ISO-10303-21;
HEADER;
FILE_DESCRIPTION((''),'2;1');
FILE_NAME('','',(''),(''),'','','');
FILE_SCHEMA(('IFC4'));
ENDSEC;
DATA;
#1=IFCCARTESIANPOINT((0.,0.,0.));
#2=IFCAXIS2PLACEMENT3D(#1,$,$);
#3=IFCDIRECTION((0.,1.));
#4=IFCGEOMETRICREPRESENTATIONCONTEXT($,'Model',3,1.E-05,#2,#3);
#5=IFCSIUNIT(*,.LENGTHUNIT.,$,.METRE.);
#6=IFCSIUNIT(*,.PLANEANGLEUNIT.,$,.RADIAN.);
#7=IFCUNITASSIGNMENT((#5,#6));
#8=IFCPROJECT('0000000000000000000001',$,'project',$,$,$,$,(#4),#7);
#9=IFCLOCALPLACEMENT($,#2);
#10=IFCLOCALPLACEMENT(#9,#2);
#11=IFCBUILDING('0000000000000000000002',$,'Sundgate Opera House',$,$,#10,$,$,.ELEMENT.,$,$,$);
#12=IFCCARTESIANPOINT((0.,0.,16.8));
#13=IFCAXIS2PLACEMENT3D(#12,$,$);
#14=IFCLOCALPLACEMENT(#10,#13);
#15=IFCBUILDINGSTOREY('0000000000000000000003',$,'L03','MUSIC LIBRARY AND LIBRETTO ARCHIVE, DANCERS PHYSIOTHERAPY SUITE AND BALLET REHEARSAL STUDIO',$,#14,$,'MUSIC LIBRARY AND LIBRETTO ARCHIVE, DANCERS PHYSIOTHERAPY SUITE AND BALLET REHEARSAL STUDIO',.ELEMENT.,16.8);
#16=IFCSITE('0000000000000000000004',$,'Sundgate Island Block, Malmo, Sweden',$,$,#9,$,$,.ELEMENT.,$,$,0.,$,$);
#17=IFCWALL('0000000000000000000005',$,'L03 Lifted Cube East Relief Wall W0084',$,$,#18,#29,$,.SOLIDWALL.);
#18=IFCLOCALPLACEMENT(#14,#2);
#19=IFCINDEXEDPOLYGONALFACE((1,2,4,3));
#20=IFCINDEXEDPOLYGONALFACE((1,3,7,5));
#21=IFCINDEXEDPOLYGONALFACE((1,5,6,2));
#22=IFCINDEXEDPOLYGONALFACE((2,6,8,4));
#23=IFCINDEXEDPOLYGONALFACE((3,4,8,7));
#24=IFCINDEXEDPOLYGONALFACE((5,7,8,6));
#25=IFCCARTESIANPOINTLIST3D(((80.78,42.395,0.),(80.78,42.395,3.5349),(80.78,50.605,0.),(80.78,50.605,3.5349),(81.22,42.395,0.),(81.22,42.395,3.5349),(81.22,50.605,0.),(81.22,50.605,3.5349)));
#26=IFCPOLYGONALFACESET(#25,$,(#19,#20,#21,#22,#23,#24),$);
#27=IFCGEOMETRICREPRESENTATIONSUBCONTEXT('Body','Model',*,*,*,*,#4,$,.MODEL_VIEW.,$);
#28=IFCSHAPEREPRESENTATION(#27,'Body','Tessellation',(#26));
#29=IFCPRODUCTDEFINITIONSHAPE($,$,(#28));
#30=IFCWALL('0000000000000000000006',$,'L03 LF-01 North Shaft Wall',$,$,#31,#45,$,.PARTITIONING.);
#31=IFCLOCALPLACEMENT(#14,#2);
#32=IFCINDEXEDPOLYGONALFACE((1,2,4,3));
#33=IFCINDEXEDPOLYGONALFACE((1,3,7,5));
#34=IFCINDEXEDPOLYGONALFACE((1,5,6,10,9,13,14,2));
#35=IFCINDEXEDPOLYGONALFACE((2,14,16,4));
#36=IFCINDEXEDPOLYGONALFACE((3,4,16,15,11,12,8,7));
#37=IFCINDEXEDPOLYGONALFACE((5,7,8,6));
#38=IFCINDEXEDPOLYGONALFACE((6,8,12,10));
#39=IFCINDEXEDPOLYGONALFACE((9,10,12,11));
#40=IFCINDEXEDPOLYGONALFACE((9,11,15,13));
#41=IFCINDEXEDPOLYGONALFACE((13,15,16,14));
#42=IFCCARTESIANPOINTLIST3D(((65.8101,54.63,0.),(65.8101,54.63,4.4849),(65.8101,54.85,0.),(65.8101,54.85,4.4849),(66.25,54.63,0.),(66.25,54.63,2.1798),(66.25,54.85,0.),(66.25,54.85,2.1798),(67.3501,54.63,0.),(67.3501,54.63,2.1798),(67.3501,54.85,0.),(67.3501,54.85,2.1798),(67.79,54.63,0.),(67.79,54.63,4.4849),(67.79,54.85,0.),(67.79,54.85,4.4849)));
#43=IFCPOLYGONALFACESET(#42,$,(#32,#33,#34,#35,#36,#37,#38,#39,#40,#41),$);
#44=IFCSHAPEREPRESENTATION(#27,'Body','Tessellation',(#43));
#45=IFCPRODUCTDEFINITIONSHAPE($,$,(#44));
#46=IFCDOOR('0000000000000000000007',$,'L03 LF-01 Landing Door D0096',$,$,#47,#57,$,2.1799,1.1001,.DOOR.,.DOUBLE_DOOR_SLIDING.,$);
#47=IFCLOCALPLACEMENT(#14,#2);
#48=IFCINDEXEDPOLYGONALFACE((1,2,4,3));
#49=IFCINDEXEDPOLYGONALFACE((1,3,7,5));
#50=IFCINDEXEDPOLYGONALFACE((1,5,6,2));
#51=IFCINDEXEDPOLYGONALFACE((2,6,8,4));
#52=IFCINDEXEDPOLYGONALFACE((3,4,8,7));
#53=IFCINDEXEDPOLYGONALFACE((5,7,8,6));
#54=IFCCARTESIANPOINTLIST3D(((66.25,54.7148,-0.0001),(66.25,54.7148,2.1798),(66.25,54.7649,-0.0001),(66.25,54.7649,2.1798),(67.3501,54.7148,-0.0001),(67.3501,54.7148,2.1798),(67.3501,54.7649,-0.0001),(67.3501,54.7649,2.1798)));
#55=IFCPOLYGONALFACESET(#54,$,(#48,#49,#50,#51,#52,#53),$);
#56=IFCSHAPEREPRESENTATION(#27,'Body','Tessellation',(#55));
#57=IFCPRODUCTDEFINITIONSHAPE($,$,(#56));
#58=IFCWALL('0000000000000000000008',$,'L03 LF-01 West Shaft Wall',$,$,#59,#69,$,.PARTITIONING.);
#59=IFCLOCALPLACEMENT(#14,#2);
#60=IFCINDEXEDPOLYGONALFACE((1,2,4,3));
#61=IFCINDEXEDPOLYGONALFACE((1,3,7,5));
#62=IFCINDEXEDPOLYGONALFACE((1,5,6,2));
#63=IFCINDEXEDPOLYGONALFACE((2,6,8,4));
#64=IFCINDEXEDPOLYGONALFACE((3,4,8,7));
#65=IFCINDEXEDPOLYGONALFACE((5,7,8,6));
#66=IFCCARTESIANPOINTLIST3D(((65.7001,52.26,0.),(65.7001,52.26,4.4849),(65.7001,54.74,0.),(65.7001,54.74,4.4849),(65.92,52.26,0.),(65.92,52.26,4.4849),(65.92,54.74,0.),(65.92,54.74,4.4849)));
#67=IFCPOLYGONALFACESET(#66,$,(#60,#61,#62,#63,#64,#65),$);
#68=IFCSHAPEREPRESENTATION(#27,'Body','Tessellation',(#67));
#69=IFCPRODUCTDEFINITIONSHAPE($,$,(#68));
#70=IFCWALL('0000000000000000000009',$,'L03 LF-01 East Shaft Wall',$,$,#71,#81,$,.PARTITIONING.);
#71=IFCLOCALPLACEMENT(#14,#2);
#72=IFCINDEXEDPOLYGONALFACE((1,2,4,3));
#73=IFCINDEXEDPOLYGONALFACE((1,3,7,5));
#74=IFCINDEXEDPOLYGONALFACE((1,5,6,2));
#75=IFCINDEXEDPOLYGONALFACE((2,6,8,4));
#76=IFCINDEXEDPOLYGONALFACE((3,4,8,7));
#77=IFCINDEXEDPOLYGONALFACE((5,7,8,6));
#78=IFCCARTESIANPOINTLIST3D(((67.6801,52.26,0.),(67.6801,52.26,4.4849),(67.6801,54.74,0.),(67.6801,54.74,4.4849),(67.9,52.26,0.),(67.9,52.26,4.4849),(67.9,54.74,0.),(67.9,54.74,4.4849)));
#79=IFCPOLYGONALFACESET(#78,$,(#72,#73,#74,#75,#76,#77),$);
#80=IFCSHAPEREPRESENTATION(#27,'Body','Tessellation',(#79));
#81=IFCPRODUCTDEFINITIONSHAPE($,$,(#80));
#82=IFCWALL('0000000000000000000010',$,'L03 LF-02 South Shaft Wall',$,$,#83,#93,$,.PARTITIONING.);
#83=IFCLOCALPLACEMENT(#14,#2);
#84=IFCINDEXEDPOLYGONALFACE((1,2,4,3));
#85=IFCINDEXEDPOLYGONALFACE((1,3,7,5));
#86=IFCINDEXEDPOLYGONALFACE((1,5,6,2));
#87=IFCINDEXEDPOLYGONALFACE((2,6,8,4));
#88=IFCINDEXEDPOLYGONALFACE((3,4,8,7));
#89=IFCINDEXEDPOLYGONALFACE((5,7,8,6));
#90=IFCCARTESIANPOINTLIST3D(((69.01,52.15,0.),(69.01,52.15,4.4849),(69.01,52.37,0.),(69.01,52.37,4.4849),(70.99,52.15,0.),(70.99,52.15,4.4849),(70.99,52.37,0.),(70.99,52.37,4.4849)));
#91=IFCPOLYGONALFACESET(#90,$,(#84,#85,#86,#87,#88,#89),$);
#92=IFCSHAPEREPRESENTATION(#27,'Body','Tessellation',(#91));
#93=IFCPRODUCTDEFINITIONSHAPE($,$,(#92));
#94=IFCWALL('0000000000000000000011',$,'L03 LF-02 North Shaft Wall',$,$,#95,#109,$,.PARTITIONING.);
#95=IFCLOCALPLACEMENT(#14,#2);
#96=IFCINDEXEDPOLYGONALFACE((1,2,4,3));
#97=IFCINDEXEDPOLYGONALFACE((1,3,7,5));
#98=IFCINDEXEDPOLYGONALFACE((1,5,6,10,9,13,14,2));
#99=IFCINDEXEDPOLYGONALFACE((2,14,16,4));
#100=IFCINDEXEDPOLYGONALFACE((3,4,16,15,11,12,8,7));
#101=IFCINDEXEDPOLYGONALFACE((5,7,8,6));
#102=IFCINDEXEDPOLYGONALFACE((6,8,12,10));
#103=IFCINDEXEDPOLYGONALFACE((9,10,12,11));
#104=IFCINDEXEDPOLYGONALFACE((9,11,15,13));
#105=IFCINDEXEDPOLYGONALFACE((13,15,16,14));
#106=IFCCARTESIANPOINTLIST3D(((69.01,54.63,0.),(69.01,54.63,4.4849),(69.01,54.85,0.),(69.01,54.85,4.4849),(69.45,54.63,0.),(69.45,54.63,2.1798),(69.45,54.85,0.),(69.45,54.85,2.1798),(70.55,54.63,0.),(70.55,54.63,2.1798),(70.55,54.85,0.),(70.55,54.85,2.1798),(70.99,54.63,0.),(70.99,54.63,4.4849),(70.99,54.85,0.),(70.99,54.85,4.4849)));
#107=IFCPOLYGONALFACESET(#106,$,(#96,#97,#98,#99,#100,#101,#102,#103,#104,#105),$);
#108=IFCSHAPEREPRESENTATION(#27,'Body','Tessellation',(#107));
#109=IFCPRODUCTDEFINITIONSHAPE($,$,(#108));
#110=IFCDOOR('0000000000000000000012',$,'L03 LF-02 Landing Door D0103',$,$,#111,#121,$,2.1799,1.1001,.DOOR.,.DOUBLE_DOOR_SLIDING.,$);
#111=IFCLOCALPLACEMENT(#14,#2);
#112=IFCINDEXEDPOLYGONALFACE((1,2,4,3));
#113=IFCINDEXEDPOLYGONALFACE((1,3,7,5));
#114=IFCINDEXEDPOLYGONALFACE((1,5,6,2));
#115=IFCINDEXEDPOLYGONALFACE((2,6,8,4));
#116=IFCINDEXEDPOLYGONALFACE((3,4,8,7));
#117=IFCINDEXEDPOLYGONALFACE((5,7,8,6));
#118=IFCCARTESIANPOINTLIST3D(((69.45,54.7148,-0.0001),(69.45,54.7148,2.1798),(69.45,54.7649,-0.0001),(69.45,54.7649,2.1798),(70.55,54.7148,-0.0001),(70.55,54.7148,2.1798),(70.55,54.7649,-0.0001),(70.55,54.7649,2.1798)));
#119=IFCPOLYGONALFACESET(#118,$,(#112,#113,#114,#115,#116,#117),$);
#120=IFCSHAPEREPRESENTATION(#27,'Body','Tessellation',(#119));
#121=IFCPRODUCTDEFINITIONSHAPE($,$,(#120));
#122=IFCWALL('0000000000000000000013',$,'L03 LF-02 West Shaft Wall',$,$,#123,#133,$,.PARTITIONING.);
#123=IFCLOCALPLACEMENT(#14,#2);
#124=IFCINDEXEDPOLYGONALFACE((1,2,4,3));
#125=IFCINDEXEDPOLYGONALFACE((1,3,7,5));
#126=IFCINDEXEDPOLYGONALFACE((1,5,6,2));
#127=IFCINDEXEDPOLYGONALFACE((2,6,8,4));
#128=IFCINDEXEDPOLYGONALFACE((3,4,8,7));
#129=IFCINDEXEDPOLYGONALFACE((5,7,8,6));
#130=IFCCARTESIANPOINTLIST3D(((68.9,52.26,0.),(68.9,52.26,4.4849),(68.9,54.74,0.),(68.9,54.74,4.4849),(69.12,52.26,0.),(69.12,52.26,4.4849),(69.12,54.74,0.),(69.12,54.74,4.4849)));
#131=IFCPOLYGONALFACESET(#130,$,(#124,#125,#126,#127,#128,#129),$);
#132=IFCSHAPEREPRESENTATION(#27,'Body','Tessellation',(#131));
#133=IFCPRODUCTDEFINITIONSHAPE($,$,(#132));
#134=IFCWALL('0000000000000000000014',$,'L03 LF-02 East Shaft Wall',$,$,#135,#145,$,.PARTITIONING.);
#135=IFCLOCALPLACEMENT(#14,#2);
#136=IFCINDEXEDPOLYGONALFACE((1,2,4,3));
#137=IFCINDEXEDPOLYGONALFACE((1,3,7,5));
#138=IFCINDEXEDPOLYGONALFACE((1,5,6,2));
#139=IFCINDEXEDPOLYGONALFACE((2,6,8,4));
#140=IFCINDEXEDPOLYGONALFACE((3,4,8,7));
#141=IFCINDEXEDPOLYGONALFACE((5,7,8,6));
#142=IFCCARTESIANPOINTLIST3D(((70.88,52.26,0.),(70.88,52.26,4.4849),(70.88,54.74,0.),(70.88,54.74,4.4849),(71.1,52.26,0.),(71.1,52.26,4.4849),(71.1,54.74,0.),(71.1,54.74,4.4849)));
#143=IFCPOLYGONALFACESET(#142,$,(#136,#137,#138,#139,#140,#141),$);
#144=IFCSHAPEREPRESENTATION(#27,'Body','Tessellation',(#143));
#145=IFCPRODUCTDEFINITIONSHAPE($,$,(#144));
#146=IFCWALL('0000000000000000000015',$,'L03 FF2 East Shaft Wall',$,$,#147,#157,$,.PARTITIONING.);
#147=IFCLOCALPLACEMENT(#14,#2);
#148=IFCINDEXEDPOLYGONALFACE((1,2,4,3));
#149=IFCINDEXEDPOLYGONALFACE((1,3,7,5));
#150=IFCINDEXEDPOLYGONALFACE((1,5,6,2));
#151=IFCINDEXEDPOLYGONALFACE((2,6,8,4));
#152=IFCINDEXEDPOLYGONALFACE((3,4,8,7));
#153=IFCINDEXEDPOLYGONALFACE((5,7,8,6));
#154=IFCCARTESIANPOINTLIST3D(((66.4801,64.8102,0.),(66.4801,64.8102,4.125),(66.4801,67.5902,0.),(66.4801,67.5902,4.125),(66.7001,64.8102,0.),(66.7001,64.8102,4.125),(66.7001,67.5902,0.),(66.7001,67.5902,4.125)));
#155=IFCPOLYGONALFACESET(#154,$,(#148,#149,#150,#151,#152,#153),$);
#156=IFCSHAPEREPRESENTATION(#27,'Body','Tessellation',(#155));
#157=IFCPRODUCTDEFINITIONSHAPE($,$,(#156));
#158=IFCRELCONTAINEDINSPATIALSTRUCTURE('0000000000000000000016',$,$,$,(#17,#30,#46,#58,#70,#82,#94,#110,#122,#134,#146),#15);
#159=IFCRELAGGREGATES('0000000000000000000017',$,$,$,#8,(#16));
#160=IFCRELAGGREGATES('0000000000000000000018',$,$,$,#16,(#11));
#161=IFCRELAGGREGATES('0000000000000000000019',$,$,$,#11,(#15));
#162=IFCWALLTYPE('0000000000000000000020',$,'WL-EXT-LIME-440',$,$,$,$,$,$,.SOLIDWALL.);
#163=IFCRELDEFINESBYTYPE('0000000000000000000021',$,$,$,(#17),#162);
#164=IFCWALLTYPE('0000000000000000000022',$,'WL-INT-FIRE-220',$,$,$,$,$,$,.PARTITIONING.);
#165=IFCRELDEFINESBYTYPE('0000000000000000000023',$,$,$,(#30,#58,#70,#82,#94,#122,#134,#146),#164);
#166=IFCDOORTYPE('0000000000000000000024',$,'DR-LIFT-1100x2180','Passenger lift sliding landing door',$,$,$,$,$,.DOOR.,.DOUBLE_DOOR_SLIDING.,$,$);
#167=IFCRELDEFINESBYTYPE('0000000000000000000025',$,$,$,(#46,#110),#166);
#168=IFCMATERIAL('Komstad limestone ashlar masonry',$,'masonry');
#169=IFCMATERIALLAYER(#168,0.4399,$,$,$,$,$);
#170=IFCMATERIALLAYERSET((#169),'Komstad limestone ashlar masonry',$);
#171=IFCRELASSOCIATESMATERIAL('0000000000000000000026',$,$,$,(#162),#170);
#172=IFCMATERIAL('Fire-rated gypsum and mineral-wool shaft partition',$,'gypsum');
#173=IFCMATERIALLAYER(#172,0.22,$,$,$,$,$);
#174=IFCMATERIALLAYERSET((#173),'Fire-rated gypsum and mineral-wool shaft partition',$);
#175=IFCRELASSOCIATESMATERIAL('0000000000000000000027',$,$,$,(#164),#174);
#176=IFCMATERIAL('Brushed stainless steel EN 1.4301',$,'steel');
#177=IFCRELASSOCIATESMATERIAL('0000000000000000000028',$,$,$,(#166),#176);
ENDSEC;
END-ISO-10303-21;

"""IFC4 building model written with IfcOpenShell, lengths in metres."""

from ifc_helpers import new_model, si_unit, direction, frame, frame_2d, origin, place, context, subcontext, project, spatial, rectangle, extrude, material, layer, layer_set, type_object, element, fill, save


model = new_model("IFC4")

# Units and contexts
model_context = context("Model", 3, precision=1e-05, world=origin(), true_north=direction((0.0, 1.0)))
body_context = subcontext(model_context, "Body", "Model", "MODEL_VIEW")
ifc_project = project(units=[si_unit("LENGTHUNIT", "METRE"), si_unit("PLANEANGLEUNIT", "RADIAN")], contexts=[model_context])

# Site, building, storey
site_placement = place(None, origin())
site = spatial("IfcSite", under=ifc_project, at=site_placement, Name="Sundgate Island Block, Malmo, Sweden", CompositionType="ELEMENT", RefElevation=0.0)
building_placement = place(site_placement, origin())
building = spatial("IfcBuilding", under=site, at=building_placement, Name="Sundgate Opera House", CompositionType="ELEMENT")
storey_placement = place(building_placement, frame((0.0, 0.0, 16.8)))
storey = spatial("IfcBuildingStorey", under=building, at=storey_placement, Name="L03", Description="MUSIC LIBRARY AND LIBRETTO ARCHIVE, DANCERS PHYSIOTHERAPY SUITE AND BALLET REHEARSAL STUDIO", LongName="MUSIC LIBRARY AND LIBRETTO ARCHIVE, DANCERS PHYSIOTHERAPY SUITE AND BALLET REHEARSAL STUDIO", CompositionType="ELEMENT", Elevation=16.8)

# Wall
ifc_material_1 = material(Name="Komstad limestone ashlar masonry", Category="masonry")
ifc_layer_1 = layer(ifc_material_1, 0.4399)
ifc_layer_set_1 = layer_set([ifc_layer_1], Name="Komstad limestone ashlar masonry")
wall_type_1 = type_object("IfcWallType", Name="WL-EXT-LIME-440", PredefinedType="SOLIDWALL", material=ifc_layer_set_1)
wall_1_placement = place(storey_placement, frame((81.0, 42.395, 0.0), z_axis=(0.0, 0.0, 1.0), x_axis=(0.0, 1.0, 0.0)))
element("IfcWall", 1, at=wall_1_placement, inside=storey, type_object=wall_type_1, Name="L03 Lifted Cube East Relief Wall W0084", PredefinedType="SOLIDWALL", context=body_context, shape_type="SweptSolid", body=[
    extrude(rectangle(XDim=8.21, YDim=0.4399, at=frame_2d((4.105, 0.0))), origin(), (0.0, 0.0, 1.0), 3.5349),
])

# Wall, opening, door
ifc_material_2 = material(Name="Fire-rated gypsum and mineral-wool shaft partition", Category="gypsum")
ifc_layer_2 = layer(ifc_material_2, 0.22)
ifc_layer_set_2 = layer_set([ifc_layer_2], Name="Fire-rated gypsum and mineral-wool shaft partition")
wall_type_2 = type_object("IfcWallType", Name="WL-INT-FIRE-220", PredefinedType="PARTITIONING", material=ifc_layer_set_2)
wall_2_placement = place(storey_placement, frame((65.8101, 54.74, 0.0), z_axis=(0.0, 0.0, 1.0), x_axis=(1.0, 0.0, 0.0)))
wall_2 = element("IfcWall", 2, at=wall_2_placement, inside=storey, type_object=wall_type_2, Name="L03 LF-01 North Shaft Wall", PredefinedType="PARTITIONING", context=body_context, shape_type="SweptSolid", body=[
    extrude(rectangle(XDim=1.98, YDim=0.22, at=frame_2d((0.99, 0.0))), origin(), (0.0, 0.0, 1.0), 4.4849),
])
opening_1_placement = place(wall_2_placement, frame((0.4399, 0.0, 0.0)))
opening_1 = element("IfcOpeningElement", 3, at=opening_1_placement, cuts=wall_2, PredefinedType="OPENING", context=body_context, shape_type="SweptSolid", body=[
    extrude(rectangle(XDim=1.1001, YDim=2.1799, at=frame_2d((0.55, 1.0898))), frame((0.0, 0.1199, 0.0), z_axis=(0.0, -1.0, 0.0), x_axis=(1.0, 0.0, 0.0)), (0.0, 0.0, 1.0), 0.24),
])
ifc_material_3 = material(Name="Brushed stainless steel EN 1.4301", Category="steel")
door_type = type_object("IfcDoorType", Name="DR-LIFT-1100x2180", Description="Passenger lift sliding landing door", OperationType="DOUBLE_DOOR_SLIDING", PredefinedType="DOOR", material=ifc_material_3)
door_1_placement = place(opening_1_placement, origin())
door_1 = element("IfcDoor", 4, at=door_1_placement, inside=storey, type_object=door_type, Name="L03 LF-01 Landing Door D0096", OperationType="DOUBLE_DOOR_SLIDING", OverallHeight=2.1799, OverallWidth=1.1001, PredefinedType="DOOR", context=body_context, shape_type="SweptSolid", body=[
    extrude(rectangle(XDim=1.1001, YDim=2.1799, at=frame_2d((0.55, 1.0898))), frame((0.0, 0.0249, 0.0), z_axis=(0.0, -1.0, 0.0), x_axis=(1.0, 0.0, 0.0)), (0.0, 0.0, 1.0), 0.05),
])
fill(opening_1, door_1)

# Walls
for number, where, z_axis, x_axis, name in (
    (5, (65.8101, 52.26, 0.0), (0.0, 0.0, 1.0), (0.0, 1.0, 0.0), "L03 LF-01 West Shaft Wall"),
    (6, (67.79, 52.26, 0.0), (0.0, 0.0, 1.0), (0.0, 1.0, 0.0), "L03 LF-01 East Shaft Wall"),
):
    element("IfcWall", number, at=place(storey_placement, frame(where, z_axis=z_axis, x_axis=x_axis)), inside=storey, type_object=wall_type_2, Name=name, PredefinedType="PARTITIONING", context=body_context, shape_type="SweptSolid", body=[
        extrude(rectangle(XDim=2.48, YDim=0.22, at=frame_2d((1.24, 0.0))), origin(), (0.0, 0.0, 1.0), 4.4849),
    ])
wall_3_placement = place(storey_placement, frame((69.01, 52.26, 0.0), z_axis=(0.0, 0.0, 1.0), x_axis=(1.0, 0.0, 0.0)))
element("IfcWall", 7, at=wall_3_placement, inside=storey, type_object=wall_type_2, Name="L03 LF-02 South Shaft Wall", PredefinedType="PARTITIONING", context=body_context, shape_type="SweptSolid", body=[
    extrude(rectangle(XDim=1.98, YDim=0.22, at=frame_2d((0.99, 0.0))), origin(), (0.0, 0.0, 1.0), 4.4849),
])

# Wall, opening, door
wall_4_placement = place(storey_placement, frame((69.01, 54.74, 0.0), z_axis=(0.0, 0.0, 1.0), x_axis=(1.0, 0.0, 0.0)))
wall_4 = element("IfcWall", 8, at=wall_4_placement, inside=storey, type_object=wall_type_2, Name="L03 LF-02 North Shaft Wall", PredefinedType="PARTITIONING", context=body_context, shape_type="SweptSolid", body=[
    extrude(rectangle(XDim=1.98, YDim=0.22, at=frame_2d((0.99, 0.0))), origin(), (0.0, 0.0, 1.0), 4.4849),
])
opening_2_placement = place(wall_4_placement, frame((0.4399, 0.0, 0.0)))
opening_2 = element("IfcOpeningElement", 9, at=opening_2_placement, cuts=wall_4, PredefinedType="OPENING", context=body_context, shape_type="SweptSolid", body=[
    extrude(rectangle(XDim=1.1001, YDim=2.1799, at=frame_2d((0.55, 1.0898))), frame((0.0, 0.1199, 0.0), z_axis=(0.0, -1.0, 0.0), x_axis=(1.0, 0.0, 0.0)), (0.0, 0.0, 1.0), 0.24),
])
door_2_placement = place(opening_2_placement, origin())
door_2 = element("IfcDoor", 10, at=door_2_placement, inside=storey, type_object=door_type, Name="L03 LF-02 Landing Door D0103", OperationType="DOUBLE_DOOR_SLIDING", OverallHeight=2.1799, OverallWidth=1.1001, PredefinedType="DOOR", context=body_context, shape_type="SweptSolid", body=[
    extrude(rectangle(XDim=1.1001, YDim=2.1799, at=frame_2d((0.55, 1.0898))), frame((0.0, 0.0249, 0.0), z_axis=(0.0, -1.0, 0.0), x_axis=(1.0, 0.0, 0.0)), (0.0, 0.0, 1.0), 0.05),
])
fill(opening_2, door_2)

# Walls
for number, where, z_axis, x_axis, name in (
    (11, (69.01, 52.26, 0.0), (0.0, 0.0, 1.0), (0.0, 1.0, 0.0), "L03 LF-02 West Shaft Wall"),
    (12, (70.99, 52.26, 0.0), (0.0, 0.0, 1.0), (0.0, 1.0, 0.0), "L03 LF-02 East Shaft Wall"),
):
    element("IfcWall", number, at=place(storey_placement, frame(where, z_axis=z_axis, x_axis=x_axis)), inside=storey, type_object=wall_type_2, Name=name, PredefinedType="PARTITIONING", context=body_context, shape_type="SweptSolid", body=[
        extrude(rectangle(XDim=2.48, YDim=0.22, at=frame_2d((1.24, 0.0))), origin(), (0.0, 0.0, 1.0), 4.4849),
    ])
wall_5_placement = place(storey_placement, frame((66.5901, 64.8101, 0.0), z_axis=(0.0, 0.0, 1.0), x_axis=(0.0, 1.0, 0.0)))
element("IfcWall", 13, at=wall_5_placement, inside=storey, type_object=wall_type_2, Name="L03 FF2 East Shaft Wall", PredefinedType="PARTITIONING", context=body_context, shape_type="SweptSolid", body=[
    extrude(rectangle(XDim=2.78, YDim=0.22, at=frame_2d((1.3901, 0.0))), origin(), (0.0, 0.0, 1.0), 4.125),
])

save(model, "model.ifc")
